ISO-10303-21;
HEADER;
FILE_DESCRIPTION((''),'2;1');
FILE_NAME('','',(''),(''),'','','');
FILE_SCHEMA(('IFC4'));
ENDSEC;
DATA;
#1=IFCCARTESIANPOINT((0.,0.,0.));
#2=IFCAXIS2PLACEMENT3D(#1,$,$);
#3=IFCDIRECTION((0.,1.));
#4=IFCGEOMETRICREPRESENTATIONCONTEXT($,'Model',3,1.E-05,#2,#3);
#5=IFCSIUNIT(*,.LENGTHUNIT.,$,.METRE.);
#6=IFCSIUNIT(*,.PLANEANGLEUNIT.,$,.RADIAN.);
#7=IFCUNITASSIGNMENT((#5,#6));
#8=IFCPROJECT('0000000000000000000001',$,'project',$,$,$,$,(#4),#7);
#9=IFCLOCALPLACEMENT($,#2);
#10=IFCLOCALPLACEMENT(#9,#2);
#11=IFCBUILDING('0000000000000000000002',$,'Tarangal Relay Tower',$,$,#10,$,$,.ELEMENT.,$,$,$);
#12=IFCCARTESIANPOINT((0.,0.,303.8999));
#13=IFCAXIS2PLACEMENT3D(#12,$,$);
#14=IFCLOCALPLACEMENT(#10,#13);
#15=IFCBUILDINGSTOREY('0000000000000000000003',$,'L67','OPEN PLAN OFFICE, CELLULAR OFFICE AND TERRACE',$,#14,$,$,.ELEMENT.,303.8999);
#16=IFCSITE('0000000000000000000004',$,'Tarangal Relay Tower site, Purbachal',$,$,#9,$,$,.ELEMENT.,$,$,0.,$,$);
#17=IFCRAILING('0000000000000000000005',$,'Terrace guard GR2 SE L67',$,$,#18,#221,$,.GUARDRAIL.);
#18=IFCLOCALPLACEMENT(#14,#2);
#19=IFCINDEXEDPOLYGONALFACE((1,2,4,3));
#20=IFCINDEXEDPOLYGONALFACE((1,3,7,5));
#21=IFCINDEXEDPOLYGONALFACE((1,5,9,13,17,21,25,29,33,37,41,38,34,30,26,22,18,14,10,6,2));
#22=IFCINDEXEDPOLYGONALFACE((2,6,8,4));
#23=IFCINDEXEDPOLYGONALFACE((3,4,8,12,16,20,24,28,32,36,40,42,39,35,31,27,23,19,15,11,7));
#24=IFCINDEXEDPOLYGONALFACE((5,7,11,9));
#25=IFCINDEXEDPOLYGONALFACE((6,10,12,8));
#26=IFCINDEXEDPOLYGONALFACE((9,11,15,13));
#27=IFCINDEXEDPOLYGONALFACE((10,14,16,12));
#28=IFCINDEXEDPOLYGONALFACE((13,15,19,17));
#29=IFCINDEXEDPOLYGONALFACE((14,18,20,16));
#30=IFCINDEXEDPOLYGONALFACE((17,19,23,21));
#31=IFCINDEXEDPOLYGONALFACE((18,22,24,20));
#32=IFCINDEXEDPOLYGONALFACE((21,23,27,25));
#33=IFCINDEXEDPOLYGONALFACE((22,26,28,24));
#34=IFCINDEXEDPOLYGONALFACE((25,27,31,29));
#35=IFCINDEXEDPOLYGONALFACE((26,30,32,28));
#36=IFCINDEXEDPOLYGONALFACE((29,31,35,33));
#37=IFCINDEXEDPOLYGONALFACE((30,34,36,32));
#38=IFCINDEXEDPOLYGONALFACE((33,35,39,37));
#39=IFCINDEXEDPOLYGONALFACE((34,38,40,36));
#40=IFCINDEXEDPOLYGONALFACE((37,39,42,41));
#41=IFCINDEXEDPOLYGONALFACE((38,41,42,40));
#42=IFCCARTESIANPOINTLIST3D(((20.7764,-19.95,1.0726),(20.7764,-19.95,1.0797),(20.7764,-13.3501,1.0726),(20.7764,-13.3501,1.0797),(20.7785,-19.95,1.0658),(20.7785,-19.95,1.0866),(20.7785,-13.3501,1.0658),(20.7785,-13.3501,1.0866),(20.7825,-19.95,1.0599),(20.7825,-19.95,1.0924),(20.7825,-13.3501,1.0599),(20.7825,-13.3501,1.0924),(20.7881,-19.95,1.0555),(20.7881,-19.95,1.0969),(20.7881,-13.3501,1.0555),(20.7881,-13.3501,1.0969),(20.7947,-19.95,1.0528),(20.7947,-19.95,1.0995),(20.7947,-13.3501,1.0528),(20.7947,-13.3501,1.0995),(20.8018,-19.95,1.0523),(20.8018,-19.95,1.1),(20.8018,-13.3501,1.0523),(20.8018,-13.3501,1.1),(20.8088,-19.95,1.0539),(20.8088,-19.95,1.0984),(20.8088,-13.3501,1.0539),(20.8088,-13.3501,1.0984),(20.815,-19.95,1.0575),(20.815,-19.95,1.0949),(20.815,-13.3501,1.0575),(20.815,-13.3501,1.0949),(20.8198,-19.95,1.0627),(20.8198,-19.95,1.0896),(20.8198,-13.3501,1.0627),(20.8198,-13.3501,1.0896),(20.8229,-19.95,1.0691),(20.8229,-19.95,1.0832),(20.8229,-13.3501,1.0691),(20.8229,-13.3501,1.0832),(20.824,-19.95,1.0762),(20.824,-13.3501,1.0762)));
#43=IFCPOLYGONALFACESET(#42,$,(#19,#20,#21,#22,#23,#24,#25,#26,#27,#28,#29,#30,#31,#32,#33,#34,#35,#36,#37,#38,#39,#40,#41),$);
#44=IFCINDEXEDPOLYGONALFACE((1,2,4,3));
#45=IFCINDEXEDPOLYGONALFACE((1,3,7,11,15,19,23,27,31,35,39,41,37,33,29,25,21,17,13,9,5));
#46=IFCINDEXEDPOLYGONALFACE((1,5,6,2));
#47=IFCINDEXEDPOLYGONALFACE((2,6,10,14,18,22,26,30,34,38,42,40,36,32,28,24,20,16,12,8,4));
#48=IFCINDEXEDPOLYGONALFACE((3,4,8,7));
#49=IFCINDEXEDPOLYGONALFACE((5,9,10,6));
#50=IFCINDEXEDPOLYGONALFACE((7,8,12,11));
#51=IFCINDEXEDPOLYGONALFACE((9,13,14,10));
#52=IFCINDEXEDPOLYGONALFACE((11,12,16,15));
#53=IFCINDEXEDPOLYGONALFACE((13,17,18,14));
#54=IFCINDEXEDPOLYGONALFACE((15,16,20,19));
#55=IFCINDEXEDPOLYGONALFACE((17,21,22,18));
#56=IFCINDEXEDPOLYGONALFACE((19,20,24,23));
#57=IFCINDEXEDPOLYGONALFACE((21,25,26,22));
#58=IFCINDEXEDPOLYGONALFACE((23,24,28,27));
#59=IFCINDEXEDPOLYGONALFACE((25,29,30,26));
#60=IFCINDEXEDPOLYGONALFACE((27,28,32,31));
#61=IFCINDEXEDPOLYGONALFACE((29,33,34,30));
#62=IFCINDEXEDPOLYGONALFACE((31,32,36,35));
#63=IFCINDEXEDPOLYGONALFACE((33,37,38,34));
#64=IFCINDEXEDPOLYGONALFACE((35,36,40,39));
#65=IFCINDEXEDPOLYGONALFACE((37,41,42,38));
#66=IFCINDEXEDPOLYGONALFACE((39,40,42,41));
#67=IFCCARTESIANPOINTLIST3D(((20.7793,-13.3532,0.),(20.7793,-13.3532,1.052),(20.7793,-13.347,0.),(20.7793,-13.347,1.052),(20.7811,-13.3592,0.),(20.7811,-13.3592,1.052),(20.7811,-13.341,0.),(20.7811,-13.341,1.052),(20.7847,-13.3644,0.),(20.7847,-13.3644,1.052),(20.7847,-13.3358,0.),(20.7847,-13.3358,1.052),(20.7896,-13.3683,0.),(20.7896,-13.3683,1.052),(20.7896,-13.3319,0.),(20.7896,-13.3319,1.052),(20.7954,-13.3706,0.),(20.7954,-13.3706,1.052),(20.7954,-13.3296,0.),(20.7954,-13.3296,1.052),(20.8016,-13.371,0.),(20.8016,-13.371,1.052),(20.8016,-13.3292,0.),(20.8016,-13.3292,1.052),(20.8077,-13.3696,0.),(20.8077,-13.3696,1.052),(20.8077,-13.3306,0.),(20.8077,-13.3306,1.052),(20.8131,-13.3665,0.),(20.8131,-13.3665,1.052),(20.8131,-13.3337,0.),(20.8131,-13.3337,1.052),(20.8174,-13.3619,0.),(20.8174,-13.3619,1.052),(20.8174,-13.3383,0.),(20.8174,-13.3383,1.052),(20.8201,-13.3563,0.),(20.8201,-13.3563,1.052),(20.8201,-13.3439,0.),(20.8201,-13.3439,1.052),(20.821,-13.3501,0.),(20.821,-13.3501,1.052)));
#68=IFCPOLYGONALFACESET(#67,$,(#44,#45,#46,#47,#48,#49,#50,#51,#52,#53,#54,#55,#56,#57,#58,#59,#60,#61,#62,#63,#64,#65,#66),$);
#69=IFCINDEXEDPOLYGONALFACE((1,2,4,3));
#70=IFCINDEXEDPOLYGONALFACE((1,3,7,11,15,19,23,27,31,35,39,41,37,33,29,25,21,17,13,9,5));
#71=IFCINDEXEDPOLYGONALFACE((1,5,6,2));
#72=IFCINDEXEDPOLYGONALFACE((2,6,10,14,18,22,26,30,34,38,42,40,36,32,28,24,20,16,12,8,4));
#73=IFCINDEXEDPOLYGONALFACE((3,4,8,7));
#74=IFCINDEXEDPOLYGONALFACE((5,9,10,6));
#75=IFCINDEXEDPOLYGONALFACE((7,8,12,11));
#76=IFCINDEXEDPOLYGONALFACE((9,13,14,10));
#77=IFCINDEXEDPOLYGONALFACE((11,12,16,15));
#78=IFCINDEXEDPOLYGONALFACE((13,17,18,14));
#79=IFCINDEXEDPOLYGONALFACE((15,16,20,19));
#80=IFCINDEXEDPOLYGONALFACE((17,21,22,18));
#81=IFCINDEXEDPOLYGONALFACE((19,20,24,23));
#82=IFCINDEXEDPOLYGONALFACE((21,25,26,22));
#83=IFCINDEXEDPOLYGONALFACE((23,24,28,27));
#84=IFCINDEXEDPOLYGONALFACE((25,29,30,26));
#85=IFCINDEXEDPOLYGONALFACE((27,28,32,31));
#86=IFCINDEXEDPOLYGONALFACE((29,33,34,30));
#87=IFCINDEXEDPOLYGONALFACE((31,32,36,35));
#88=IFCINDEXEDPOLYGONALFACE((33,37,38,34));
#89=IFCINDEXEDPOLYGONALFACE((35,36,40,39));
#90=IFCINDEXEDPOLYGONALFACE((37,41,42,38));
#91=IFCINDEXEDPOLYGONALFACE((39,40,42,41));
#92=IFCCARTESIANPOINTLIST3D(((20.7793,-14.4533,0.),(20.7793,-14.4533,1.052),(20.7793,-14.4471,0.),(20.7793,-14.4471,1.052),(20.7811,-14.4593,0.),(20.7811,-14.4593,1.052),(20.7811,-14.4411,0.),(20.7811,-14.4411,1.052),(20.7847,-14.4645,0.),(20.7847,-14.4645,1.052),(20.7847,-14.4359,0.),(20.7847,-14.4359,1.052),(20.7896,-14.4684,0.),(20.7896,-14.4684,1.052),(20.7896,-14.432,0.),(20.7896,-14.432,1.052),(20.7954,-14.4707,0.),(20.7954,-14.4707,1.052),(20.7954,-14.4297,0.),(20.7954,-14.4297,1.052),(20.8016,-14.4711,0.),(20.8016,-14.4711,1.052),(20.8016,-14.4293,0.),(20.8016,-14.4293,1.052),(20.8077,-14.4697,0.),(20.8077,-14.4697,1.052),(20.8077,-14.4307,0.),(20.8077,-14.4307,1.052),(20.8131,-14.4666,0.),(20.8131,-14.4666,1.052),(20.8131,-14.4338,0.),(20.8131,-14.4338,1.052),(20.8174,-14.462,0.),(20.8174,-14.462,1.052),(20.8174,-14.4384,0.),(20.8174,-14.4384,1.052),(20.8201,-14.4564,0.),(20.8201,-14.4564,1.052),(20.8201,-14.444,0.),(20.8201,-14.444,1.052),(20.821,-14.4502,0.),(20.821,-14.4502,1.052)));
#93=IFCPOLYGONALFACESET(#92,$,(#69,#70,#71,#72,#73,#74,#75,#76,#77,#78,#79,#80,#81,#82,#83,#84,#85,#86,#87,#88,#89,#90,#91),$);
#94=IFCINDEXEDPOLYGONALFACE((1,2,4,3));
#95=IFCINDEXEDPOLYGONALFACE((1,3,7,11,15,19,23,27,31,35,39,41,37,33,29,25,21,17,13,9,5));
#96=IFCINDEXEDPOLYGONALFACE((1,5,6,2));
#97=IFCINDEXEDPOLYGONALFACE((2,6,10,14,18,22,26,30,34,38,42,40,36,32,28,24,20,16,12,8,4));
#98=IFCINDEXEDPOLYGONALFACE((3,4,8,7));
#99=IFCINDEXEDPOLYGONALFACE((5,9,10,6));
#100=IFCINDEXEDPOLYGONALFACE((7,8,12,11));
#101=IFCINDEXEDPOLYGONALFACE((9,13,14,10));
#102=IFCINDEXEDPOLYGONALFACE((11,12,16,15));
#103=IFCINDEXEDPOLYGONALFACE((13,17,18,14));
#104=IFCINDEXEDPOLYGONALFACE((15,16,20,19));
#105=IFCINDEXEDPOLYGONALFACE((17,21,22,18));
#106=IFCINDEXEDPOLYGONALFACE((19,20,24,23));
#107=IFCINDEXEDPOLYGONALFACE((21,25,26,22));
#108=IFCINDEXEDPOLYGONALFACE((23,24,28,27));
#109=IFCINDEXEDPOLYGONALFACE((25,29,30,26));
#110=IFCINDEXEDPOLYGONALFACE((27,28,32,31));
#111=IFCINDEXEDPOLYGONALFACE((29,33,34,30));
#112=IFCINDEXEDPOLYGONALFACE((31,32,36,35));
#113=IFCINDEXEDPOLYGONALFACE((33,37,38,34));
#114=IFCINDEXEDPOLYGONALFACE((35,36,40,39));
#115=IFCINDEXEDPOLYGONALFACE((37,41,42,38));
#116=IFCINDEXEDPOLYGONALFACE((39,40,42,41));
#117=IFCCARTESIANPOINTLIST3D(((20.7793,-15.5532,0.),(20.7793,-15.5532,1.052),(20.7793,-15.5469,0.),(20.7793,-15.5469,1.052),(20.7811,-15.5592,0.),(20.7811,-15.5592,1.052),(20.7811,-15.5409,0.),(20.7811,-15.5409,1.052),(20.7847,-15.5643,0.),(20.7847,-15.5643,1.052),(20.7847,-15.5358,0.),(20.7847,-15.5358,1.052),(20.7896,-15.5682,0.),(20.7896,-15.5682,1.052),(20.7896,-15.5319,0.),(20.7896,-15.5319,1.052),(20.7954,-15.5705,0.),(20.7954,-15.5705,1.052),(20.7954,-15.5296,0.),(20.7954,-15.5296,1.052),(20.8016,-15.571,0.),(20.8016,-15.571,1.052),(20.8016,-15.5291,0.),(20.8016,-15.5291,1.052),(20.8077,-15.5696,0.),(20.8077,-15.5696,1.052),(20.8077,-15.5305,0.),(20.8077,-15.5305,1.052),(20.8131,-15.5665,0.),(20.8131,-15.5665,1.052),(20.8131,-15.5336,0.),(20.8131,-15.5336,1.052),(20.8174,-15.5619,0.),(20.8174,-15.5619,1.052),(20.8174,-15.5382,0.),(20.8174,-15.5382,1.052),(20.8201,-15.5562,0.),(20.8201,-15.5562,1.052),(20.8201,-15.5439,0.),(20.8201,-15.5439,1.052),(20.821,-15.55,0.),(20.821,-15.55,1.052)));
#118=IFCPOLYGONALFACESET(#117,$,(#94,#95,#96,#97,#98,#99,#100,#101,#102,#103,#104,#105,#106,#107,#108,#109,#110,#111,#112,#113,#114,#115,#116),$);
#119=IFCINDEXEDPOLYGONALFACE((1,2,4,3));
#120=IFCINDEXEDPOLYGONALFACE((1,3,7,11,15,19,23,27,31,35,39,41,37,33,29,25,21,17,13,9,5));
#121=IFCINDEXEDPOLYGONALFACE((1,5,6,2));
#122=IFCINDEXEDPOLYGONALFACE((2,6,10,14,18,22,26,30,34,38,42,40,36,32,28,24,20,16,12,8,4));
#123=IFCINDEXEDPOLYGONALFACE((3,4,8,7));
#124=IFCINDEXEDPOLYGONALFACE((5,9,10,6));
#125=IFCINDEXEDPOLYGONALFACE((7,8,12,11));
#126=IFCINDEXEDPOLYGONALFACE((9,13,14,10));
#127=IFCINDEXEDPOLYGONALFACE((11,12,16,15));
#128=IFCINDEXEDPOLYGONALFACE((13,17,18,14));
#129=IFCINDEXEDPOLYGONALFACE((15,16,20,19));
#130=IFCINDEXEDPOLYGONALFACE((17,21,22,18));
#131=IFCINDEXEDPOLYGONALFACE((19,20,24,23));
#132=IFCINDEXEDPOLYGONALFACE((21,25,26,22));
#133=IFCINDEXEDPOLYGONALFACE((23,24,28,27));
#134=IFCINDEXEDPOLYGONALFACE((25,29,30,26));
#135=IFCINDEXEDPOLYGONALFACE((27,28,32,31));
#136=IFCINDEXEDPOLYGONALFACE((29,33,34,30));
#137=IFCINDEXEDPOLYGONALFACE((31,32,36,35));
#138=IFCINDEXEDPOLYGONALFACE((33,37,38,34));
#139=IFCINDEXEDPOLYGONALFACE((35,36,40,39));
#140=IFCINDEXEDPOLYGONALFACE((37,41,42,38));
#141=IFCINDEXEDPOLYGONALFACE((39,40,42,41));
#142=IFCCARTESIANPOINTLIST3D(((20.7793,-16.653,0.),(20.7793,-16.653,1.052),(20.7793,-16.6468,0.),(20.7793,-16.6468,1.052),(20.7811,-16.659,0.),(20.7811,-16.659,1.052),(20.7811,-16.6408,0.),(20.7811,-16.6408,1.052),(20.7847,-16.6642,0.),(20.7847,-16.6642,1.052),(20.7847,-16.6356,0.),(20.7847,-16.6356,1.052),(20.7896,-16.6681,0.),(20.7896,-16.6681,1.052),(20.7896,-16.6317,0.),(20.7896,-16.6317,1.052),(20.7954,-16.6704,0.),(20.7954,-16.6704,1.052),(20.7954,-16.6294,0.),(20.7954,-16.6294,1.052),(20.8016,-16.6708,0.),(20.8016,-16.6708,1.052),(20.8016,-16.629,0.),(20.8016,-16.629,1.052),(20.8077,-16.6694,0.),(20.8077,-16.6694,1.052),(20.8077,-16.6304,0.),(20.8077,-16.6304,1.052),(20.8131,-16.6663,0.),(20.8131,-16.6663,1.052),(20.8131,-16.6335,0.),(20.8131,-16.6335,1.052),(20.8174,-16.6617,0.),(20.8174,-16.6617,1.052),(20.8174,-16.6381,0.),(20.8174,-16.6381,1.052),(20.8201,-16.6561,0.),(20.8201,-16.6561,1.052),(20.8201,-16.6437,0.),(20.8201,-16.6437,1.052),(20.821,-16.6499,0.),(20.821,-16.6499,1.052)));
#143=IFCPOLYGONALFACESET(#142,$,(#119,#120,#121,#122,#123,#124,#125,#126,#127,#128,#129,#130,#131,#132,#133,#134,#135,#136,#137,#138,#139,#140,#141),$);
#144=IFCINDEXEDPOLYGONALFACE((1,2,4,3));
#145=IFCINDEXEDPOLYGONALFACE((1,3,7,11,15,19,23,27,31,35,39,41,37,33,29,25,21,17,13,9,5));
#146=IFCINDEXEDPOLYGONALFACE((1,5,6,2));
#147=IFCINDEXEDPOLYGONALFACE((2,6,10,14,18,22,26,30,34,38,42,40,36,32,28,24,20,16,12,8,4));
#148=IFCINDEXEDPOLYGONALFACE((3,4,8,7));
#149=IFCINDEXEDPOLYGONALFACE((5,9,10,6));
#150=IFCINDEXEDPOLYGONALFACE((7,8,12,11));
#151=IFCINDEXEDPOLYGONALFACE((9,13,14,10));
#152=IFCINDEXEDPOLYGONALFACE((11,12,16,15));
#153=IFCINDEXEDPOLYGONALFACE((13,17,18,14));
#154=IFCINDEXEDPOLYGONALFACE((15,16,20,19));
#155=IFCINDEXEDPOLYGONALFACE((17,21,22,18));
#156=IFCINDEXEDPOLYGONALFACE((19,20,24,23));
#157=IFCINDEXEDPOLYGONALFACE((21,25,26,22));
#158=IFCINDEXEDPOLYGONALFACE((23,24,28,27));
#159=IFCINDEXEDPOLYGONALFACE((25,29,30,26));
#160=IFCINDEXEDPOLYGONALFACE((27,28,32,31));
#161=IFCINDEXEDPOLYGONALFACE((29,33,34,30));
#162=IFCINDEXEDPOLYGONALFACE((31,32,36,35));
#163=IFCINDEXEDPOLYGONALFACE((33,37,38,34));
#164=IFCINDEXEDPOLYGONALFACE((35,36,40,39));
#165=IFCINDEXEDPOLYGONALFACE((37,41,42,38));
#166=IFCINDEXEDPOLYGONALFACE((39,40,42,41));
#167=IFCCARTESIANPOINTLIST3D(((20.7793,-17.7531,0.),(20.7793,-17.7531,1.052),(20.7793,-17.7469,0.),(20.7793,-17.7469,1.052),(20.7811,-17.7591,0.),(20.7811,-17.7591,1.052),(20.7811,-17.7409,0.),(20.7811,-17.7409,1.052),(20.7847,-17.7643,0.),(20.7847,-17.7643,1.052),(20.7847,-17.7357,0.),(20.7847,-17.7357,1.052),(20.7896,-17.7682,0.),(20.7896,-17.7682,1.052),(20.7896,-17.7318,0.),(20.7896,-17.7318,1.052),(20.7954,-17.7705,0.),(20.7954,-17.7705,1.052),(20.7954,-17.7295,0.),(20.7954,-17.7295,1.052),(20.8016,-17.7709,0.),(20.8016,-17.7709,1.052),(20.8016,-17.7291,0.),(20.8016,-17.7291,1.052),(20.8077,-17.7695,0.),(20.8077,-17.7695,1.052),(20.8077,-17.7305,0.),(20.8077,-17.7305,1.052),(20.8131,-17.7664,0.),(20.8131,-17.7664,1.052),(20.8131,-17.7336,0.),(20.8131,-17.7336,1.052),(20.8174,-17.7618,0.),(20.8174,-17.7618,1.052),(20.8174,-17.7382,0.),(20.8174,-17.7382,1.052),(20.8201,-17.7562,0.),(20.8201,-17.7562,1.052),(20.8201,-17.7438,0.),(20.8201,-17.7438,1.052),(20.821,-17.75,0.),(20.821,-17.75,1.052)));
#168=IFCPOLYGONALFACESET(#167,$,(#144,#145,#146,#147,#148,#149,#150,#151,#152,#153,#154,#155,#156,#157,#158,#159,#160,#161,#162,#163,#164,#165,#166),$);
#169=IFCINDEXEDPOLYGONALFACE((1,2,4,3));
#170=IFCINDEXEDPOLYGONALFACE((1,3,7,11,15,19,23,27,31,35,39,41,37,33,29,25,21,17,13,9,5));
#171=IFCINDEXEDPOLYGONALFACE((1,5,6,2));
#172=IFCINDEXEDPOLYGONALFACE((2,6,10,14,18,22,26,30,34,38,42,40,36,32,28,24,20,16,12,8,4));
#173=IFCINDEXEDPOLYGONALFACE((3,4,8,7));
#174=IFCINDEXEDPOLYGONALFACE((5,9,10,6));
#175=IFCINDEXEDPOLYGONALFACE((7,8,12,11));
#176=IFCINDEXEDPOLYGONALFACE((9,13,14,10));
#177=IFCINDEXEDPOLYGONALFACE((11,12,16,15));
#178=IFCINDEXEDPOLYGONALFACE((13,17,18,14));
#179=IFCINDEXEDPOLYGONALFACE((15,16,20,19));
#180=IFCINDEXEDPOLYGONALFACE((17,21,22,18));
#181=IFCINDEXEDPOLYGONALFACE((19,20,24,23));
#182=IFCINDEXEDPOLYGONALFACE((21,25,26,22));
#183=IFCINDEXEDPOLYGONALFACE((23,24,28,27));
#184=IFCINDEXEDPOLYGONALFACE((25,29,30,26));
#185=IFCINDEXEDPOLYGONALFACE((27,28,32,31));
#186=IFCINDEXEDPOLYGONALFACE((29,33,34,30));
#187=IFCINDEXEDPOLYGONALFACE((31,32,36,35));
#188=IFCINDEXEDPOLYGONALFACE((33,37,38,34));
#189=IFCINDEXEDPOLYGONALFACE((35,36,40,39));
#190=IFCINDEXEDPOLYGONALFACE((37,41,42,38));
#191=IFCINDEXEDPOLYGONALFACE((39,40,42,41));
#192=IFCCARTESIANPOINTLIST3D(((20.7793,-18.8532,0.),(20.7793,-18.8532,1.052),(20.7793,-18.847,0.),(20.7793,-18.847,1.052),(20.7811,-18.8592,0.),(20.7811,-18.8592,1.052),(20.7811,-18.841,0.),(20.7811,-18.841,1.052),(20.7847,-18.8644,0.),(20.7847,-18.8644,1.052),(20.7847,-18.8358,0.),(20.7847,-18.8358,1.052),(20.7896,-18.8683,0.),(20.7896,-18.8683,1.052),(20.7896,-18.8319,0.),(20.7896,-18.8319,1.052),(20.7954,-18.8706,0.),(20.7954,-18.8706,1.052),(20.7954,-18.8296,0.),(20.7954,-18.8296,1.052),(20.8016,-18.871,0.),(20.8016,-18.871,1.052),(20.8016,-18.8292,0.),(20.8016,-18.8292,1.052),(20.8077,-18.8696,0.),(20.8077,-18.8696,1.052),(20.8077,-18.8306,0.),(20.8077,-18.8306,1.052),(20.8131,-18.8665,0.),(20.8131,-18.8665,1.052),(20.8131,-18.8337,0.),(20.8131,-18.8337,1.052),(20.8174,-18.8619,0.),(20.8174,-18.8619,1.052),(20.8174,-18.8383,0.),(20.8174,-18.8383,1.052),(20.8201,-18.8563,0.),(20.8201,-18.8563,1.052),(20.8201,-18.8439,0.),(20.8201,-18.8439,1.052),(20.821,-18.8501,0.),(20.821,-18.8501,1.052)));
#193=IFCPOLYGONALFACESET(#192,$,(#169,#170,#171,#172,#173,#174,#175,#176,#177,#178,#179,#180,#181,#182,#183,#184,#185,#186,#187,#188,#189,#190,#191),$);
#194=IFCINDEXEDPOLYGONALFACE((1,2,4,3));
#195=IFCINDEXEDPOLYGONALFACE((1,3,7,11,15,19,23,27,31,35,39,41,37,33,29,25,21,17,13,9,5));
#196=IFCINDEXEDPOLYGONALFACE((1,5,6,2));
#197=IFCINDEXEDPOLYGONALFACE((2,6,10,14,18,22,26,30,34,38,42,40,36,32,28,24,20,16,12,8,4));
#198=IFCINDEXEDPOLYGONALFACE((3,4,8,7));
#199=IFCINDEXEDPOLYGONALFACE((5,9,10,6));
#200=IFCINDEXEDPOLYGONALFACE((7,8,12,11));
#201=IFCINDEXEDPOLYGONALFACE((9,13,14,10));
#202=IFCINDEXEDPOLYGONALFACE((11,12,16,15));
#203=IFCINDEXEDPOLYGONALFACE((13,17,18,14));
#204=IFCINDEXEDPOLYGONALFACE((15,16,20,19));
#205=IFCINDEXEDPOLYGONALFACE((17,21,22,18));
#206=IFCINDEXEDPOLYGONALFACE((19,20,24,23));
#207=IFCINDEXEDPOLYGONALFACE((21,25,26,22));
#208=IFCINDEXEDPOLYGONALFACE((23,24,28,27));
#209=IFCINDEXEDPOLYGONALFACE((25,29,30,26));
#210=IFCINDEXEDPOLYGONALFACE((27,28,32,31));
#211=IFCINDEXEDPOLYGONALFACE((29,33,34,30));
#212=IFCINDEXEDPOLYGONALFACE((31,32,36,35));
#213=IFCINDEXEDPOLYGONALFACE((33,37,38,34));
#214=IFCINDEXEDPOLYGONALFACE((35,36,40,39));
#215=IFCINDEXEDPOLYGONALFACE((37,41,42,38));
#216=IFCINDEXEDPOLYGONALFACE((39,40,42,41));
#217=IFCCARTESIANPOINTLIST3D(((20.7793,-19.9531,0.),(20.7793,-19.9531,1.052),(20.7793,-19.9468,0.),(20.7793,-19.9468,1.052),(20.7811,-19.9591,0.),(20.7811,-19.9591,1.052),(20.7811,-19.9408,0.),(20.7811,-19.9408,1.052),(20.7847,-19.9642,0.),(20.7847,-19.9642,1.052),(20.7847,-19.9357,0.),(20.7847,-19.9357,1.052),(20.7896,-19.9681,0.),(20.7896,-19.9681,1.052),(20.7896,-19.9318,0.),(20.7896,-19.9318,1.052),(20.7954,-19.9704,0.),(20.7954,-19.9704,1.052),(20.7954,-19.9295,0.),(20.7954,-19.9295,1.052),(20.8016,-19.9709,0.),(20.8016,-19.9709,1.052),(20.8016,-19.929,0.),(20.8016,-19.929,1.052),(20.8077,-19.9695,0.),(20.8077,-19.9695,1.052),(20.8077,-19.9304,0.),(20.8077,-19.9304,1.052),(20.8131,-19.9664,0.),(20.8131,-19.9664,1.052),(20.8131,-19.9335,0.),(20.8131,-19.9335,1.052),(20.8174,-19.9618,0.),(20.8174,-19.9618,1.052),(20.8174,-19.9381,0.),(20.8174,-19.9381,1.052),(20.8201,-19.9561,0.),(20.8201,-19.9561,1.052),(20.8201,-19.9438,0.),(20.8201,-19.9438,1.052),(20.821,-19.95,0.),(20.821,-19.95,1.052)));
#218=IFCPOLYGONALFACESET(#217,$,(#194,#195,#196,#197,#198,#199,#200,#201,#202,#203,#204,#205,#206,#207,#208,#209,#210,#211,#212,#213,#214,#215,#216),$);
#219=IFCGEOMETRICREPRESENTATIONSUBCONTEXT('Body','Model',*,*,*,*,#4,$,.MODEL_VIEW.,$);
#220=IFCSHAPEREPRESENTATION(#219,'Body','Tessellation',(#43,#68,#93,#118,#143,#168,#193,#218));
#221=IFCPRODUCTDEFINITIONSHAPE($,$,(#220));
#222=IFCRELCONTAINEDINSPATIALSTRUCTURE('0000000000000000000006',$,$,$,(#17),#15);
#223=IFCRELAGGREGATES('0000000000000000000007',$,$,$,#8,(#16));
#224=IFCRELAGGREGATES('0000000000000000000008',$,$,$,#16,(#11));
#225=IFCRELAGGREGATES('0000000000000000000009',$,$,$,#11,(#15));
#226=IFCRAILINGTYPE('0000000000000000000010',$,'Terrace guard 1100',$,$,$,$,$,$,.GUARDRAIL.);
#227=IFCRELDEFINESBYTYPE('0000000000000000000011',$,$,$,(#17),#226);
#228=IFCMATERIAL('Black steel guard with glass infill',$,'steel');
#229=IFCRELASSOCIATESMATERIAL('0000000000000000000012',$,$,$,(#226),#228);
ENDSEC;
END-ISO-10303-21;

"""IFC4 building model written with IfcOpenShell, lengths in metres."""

from ifc_helpers import new_model, si_unit, direction, frame, origin, origin_2d, place, context, subcontext, project, spatial, circle, extrude, material, type_object, element, save


model = new_model("IFC4")

# Units and contexts
model_context = context("Model", 3, precision=1e-05, world=origin(), true_north=direction((0.0, 1.0)))
body_context = subcontext(model_context, "Body", "Model", "MODEL_VIEW")
ifc_project = project(units=[si_unit("LENGTHUNIT", "METRE"), si_unit("PLANEANGLEUNIT", "RADIAN")], contexts=[model_context])

# Site, building, storey
site_placement = place(None, origin())
site = spatial("IfcSite", under=ifc_project, at=site_placement, Name="Tarangal Relay Tower site, Purbachal", CompositionType="ELEMENT", RefElevation=0.0)
building_placement = place(site_placement, origin())
building = spatial("IfcBuilding", under=site, at=building_placement, Name="Tarangal Relay Tower", CompositionType="ELEMENT")
storey_placement = place(building_placement, frame((0.0, 0.0, 303.8999)))
storey = spatial("IfcBuildingStorey", under=building, at=storey_placement, Name="L67", Description="OPEN PLAN OFFICE, CELLULAR OFFICE AND TERRACE", CompositionType="ELEMENT", Elevation=303.8999)

# Railing
ifc_material_1 = material(Name="Black steel guard with glass infill", Category="steel")
railing_type = type_object("IfcRailingType", Name="Terrace guard 1100", PredefinedType="GUARDRAIL", material=ifc_material_1)
railing_1_placement = place(storey_placement, frame((20.8, -13.3501, 0.0)))
element("IfcRailing", 1, at=railing_1_placement, inside=storey, type_object=railing_type, Name="Terrace guard GR2 SE L67", PredefinedType="GUARDRAIL", context=body_context, shape_type="SweptSolid", body=[
    extrude(circle(Radius=0.0239, at=origin_2d()), frame((0.0, 0.0, 1.0762), z_axis=(0.0, -1.0, 0.0), x_axis=(1.0, 0.0, 0.0)), (0.0, 0.0, 1.0), 6.5999),
    extrude(circle(Radius=0.021, at=origin_2d()), origin(), (0.0, 0.0, 1.0), 1.052),
    extrude(circle(Radius=0.021, at=origin_2d()), frame((0.0, -1.1001, 0.0)), (0.0, 0.0, 1.0), 1.052),
    extrude(circle(Radius=0.021, at=origin_2d()), frame((0.0, -2.2, 0.0)), (0.0, 0.0, 1.0), 1.052),
    extrude(circle(Radius=0.021, at=origin_2d()), frame((0.0, -3.2998, 0.0)), (0.0, 0.0, 1.0), 1.052),
    extrude(circle(Radius=0.021, at=origin_2d()), frame((0.0, -4.3999, 0.0)), (0.0, 0.0, 1.0), 1.052),
    extrude(circle(Radius=0.021, at=origin_2d()), frame((0.0, -5.5, 0.0)), (0.0, 0.0, 1.0), 1.052),
    extrude(circle(Radius=0.021, at=origin_2d()), frame((0.0, -6.5999, 0.0)), (0.0, 0.0, 1.0), 1.052),
])

save(model, "model.ifc")
